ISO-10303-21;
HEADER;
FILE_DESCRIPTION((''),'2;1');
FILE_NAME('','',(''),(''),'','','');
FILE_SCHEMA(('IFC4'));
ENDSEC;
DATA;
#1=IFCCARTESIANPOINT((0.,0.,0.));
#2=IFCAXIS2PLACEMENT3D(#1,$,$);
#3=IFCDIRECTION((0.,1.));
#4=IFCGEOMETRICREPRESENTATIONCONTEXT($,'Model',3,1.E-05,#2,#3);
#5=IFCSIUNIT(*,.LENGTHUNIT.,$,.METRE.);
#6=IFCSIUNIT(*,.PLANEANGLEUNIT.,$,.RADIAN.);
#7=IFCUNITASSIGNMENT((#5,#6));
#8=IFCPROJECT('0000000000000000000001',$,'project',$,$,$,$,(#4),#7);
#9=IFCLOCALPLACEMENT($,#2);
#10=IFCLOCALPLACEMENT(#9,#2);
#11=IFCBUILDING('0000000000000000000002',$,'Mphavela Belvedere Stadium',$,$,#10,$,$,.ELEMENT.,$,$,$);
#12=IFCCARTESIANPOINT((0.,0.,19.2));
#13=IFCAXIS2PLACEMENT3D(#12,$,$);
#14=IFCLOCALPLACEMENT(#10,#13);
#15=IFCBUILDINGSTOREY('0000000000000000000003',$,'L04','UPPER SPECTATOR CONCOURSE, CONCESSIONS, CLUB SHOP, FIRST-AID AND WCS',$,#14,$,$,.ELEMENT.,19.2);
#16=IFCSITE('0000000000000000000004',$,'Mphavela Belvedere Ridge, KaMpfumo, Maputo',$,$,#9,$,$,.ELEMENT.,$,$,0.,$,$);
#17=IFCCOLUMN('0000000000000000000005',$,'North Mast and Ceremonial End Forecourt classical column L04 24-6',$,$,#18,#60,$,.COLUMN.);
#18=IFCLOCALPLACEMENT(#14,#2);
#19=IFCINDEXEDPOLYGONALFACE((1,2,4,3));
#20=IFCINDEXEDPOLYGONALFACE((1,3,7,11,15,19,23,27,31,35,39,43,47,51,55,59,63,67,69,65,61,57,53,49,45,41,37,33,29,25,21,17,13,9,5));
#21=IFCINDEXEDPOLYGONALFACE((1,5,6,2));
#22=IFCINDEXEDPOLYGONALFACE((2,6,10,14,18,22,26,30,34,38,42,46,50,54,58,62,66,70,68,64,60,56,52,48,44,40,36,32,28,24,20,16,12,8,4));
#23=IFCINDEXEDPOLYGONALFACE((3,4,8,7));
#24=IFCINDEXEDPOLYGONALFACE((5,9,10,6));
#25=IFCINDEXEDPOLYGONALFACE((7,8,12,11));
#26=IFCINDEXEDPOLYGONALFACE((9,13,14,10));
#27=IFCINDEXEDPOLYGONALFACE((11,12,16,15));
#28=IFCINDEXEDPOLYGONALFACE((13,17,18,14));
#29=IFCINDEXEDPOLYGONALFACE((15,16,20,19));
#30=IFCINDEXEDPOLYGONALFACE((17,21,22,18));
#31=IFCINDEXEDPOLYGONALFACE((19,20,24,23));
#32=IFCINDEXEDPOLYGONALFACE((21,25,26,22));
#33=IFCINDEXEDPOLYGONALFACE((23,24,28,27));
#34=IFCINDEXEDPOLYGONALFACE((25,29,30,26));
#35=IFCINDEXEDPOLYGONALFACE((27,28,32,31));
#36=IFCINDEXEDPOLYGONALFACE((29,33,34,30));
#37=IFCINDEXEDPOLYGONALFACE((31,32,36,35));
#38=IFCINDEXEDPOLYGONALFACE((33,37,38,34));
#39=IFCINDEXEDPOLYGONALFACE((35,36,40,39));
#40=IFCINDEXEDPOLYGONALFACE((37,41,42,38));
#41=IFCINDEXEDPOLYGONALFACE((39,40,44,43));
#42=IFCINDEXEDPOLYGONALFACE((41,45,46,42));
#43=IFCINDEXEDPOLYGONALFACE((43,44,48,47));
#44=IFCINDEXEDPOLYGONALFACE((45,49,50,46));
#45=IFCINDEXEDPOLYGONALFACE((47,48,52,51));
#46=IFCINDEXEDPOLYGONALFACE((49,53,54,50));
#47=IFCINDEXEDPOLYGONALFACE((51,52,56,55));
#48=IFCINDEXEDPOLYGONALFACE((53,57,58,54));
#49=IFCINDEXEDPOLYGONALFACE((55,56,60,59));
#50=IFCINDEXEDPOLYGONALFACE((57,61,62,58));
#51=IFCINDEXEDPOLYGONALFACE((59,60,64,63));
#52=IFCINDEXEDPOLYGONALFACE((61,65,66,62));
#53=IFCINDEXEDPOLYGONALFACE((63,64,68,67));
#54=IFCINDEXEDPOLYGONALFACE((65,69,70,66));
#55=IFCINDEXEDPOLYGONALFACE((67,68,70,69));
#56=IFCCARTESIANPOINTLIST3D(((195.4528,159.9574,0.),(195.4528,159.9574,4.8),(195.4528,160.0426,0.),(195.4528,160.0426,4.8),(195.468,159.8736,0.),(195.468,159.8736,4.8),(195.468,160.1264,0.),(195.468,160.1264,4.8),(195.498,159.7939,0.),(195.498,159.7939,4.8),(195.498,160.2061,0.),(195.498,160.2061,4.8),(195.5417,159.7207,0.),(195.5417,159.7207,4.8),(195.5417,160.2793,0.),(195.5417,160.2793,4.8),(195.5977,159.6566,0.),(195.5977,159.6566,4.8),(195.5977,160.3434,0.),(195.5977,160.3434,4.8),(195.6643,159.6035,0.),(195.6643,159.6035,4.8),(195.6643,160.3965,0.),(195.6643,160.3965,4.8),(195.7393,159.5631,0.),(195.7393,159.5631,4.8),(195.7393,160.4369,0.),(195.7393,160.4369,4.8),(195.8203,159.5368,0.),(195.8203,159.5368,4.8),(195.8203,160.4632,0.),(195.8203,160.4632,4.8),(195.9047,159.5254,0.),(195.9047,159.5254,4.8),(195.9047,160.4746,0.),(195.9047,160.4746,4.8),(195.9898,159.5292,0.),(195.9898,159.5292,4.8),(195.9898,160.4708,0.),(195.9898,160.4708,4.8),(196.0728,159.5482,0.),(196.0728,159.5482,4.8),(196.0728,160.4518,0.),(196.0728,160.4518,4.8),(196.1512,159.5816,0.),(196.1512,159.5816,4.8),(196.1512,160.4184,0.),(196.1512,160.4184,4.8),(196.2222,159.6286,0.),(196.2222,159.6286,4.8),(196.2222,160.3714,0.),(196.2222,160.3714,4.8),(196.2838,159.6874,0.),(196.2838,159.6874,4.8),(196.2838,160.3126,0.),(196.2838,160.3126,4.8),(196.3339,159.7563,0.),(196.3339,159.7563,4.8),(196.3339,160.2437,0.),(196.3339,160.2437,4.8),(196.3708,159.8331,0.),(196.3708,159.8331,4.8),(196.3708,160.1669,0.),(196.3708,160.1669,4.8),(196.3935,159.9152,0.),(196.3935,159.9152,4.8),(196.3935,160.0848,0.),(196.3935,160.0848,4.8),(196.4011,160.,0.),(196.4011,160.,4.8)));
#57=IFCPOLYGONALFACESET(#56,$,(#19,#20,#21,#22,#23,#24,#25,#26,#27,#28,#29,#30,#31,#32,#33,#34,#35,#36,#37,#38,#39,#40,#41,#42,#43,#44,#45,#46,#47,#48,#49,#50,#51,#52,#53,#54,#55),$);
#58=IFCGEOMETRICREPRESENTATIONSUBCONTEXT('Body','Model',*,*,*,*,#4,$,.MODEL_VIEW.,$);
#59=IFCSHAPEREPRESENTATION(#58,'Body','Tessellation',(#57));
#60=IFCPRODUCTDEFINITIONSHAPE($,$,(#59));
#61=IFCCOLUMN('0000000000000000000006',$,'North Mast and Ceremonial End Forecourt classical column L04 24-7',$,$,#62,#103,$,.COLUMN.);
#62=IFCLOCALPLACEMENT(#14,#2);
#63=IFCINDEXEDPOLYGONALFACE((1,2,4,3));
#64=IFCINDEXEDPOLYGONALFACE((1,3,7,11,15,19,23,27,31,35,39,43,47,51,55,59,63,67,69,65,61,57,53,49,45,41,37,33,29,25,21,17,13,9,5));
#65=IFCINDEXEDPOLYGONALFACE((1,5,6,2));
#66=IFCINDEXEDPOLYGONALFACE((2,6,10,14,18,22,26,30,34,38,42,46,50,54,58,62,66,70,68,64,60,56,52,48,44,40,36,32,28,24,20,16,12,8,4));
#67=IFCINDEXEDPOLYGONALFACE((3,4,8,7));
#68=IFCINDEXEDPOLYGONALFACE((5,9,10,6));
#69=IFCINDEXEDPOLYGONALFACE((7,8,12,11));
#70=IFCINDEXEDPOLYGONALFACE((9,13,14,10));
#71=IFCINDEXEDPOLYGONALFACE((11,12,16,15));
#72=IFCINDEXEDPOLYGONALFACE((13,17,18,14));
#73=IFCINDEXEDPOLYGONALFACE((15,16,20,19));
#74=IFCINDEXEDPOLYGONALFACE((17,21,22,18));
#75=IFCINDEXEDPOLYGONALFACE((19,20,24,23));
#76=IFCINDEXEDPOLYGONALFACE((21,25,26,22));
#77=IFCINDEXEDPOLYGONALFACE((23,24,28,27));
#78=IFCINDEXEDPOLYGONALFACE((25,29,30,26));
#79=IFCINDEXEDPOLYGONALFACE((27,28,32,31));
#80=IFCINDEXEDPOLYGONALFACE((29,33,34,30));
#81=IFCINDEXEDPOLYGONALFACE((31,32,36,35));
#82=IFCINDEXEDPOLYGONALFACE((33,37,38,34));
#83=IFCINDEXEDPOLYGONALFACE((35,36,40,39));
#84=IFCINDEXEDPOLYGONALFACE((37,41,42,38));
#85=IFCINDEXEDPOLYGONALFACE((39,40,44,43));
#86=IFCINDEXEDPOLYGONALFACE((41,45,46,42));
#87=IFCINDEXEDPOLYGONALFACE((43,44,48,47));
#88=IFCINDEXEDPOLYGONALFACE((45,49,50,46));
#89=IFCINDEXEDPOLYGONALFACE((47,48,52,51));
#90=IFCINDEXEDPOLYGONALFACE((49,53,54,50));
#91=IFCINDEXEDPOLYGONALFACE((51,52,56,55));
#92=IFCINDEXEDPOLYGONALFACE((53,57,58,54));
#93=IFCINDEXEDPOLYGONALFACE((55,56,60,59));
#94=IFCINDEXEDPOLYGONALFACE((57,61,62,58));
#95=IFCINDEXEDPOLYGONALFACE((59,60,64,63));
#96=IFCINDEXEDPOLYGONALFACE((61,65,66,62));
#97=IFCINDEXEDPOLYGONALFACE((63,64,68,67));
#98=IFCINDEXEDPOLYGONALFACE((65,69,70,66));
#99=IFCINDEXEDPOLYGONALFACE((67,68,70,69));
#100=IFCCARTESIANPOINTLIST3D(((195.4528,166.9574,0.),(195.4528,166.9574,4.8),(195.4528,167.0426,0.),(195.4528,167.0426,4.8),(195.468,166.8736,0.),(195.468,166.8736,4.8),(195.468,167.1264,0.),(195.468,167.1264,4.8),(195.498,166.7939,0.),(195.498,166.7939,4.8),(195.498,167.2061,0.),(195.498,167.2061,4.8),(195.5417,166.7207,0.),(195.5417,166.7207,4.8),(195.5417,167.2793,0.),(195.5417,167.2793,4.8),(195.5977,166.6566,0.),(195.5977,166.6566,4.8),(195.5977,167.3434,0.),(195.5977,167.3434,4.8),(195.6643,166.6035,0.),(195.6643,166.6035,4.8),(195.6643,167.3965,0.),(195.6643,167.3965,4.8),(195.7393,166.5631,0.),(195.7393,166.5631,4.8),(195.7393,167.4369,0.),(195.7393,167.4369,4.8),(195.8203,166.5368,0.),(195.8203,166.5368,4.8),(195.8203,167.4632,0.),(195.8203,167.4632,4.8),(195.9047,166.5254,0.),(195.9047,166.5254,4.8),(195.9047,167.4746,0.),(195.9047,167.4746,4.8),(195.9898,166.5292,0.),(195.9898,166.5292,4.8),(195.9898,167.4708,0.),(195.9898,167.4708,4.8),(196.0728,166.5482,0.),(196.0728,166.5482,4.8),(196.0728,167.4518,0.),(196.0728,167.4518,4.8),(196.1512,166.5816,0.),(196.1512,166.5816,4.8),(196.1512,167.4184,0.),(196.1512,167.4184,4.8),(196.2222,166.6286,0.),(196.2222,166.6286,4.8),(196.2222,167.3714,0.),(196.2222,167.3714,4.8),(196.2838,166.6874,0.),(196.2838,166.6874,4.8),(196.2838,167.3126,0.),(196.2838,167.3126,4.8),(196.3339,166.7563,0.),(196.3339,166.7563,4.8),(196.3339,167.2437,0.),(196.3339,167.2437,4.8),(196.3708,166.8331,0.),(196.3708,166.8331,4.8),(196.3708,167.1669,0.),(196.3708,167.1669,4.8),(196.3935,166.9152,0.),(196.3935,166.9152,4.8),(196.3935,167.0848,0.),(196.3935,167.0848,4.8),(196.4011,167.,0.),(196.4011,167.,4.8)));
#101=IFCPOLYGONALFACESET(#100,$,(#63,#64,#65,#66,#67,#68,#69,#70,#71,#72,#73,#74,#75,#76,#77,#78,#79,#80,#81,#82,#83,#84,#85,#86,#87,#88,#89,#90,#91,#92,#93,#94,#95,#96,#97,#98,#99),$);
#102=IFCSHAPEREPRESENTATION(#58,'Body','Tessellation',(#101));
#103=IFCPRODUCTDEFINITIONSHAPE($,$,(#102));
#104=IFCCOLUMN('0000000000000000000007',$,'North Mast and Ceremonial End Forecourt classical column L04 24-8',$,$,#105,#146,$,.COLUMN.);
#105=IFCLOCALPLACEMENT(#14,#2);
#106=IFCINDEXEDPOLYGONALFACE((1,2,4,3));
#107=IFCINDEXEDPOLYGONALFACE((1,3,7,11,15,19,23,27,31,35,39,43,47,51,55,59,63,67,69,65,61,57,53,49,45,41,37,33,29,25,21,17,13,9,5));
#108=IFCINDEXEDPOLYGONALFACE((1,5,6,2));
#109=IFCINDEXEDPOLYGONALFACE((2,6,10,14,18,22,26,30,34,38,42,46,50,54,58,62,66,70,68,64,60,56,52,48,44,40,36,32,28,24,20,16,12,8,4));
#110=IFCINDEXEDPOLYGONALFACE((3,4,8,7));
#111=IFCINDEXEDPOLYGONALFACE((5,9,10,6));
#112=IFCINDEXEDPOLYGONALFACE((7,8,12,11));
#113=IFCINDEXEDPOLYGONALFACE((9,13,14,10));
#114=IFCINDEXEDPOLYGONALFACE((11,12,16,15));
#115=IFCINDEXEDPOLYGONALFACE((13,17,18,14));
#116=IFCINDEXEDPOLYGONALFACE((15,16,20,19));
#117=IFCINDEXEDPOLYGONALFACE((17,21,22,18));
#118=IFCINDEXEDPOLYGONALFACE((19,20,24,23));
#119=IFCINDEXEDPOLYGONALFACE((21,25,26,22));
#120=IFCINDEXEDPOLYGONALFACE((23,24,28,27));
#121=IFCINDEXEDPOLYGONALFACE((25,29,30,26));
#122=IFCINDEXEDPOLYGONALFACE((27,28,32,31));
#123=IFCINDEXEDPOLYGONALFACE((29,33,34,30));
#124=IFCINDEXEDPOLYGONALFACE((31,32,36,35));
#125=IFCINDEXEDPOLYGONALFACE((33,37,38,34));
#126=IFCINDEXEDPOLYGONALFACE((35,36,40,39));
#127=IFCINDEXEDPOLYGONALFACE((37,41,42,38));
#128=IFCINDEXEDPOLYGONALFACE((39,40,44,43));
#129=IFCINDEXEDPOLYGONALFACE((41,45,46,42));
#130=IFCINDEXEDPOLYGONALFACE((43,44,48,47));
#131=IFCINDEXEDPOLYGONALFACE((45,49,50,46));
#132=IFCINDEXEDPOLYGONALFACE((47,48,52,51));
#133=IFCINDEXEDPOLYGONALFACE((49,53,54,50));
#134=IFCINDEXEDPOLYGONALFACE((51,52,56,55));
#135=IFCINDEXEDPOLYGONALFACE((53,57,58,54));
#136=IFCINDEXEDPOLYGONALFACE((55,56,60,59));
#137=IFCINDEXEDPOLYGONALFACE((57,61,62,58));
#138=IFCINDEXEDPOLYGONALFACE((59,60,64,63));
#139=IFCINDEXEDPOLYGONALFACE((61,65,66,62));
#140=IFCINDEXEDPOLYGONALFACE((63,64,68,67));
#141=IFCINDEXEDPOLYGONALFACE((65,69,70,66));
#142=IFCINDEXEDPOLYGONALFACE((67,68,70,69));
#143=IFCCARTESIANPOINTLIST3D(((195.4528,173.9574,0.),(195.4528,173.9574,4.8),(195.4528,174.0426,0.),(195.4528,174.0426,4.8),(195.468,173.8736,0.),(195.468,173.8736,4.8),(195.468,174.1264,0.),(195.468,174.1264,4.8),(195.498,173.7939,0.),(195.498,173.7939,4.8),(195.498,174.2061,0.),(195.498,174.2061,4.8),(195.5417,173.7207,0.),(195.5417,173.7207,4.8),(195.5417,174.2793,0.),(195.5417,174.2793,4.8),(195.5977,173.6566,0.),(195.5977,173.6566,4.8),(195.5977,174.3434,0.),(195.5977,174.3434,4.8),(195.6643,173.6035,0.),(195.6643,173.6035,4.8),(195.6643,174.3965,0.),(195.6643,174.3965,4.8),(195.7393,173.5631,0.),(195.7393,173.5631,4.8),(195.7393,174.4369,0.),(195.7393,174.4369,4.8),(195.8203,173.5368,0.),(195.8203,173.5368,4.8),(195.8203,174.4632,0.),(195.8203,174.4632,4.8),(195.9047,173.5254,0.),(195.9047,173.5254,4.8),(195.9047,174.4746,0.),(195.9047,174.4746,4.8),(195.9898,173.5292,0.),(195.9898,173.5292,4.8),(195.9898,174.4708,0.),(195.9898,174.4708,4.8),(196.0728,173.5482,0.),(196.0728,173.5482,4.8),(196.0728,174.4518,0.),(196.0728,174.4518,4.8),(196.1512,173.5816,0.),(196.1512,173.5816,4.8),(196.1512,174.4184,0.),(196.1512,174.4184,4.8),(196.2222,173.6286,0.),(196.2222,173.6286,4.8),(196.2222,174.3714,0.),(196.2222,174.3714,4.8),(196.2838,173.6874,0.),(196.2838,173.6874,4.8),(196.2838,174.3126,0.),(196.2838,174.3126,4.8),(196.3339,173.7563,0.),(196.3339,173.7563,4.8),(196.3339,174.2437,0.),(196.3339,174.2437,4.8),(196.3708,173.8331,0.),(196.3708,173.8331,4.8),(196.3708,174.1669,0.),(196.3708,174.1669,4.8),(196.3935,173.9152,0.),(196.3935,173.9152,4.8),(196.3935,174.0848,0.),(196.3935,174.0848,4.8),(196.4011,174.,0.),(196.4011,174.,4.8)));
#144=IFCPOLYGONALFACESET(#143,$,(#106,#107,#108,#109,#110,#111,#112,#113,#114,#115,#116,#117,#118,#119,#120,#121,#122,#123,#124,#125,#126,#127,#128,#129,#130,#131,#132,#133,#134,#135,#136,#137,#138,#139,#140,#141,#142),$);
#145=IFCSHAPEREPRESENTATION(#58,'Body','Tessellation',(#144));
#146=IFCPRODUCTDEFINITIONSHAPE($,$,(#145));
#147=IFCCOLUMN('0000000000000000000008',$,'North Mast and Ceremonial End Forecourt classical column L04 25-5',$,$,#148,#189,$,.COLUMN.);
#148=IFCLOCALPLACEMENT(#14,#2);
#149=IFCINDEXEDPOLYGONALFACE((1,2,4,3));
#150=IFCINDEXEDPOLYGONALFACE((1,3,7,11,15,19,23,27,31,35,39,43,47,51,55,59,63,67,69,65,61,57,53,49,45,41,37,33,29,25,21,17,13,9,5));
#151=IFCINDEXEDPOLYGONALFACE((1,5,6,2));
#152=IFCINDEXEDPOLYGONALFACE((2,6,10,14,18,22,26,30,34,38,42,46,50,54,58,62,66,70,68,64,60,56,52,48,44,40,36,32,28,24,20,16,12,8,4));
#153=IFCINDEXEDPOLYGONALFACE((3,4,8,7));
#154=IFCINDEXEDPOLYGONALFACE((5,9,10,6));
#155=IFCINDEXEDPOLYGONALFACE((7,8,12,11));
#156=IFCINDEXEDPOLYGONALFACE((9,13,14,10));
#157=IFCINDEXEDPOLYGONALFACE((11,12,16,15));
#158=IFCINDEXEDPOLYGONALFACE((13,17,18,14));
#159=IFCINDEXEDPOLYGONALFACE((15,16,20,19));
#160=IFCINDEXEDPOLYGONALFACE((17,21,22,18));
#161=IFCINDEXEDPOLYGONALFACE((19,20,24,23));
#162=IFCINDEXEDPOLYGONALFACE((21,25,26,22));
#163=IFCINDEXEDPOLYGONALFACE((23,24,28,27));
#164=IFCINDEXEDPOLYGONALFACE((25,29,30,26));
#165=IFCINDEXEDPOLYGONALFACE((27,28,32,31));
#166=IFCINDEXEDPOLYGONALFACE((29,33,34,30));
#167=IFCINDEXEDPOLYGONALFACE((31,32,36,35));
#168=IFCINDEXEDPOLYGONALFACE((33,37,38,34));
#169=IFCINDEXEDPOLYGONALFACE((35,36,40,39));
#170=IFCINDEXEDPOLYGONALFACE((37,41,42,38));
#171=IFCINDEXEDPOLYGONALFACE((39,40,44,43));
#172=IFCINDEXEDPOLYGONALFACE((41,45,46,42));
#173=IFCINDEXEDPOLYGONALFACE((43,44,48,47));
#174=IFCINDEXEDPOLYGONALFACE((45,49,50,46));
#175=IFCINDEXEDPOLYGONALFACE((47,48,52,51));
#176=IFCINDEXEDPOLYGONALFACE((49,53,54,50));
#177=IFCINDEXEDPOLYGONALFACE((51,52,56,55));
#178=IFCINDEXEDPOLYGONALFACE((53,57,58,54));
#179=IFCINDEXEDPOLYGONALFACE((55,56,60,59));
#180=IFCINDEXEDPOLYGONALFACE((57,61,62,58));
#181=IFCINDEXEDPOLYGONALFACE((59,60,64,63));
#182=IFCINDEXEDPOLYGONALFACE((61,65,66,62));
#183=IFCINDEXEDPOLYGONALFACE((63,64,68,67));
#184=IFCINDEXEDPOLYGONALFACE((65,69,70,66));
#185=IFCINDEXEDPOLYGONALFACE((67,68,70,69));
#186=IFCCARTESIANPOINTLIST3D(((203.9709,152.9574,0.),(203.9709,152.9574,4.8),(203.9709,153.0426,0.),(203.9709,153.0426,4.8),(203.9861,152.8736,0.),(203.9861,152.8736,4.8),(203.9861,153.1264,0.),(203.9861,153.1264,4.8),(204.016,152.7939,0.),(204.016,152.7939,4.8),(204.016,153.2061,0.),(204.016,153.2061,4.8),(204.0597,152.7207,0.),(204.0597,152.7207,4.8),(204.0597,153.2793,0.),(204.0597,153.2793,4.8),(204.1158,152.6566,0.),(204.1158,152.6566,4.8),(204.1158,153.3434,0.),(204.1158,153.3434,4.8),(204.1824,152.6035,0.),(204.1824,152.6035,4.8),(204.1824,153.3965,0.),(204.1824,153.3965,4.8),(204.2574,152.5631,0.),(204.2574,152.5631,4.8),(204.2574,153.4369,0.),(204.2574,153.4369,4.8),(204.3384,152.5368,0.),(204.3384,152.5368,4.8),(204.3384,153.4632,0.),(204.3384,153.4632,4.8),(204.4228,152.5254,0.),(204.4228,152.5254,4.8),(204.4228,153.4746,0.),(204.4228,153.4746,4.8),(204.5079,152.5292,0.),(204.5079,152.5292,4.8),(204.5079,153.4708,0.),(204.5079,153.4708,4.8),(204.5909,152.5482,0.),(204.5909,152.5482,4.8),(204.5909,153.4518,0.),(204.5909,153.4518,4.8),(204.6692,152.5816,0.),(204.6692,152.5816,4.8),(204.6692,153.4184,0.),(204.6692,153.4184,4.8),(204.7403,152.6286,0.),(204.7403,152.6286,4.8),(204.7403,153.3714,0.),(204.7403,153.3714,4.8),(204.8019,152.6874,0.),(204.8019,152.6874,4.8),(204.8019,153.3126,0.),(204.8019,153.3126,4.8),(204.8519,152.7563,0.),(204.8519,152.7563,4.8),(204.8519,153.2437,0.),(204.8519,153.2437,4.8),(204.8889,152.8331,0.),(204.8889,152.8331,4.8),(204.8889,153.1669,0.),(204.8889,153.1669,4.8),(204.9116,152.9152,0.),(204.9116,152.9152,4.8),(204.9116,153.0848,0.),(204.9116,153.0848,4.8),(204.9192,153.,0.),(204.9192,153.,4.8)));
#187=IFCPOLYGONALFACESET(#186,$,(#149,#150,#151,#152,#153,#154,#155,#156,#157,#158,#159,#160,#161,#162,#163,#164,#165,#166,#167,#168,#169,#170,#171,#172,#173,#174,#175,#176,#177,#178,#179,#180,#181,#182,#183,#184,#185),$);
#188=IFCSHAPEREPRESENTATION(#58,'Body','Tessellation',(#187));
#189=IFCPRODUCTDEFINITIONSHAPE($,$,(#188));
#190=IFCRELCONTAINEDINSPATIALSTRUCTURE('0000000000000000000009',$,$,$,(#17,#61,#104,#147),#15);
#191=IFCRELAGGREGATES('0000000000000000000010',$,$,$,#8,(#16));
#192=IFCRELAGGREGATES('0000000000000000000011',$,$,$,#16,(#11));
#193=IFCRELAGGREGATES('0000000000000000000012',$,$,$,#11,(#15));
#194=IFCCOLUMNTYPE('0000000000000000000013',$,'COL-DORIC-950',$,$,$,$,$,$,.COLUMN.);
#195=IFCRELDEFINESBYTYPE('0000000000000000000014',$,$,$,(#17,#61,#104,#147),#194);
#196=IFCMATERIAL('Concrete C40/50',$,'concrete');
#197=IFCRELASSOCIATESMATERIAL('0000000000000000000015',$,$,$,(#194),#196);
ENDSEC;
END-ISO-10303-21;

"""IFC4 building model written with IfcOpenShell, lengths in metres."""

from ifc_helpers import new_model, si_unit, direction, frame, origin, origin_2d, place, context, subcontext, project, spatial, circle, extrude, material, material_profile, profile_set, type_object, element, save


model = new_model("IFC4")

# Units and contexts
model_context = context("Model", 3, precision=1e-05, world=origin(), true_north=direction((0.0, 1.0)))
body_context = subcontext(model_context, "Body", "Model", "MODEL_VIEW")
ifc_project = project(units=[si_unit("LENGTHUNIT", "METRE"), si_unit("PLANEANGLEUNIT", "RADIAN")], contexts=[model_context])

# Site, building, storey
site_placement = place(None, origin())
site = spatial("IfcSite", under=ifc_project, at=site_placement, Name="Mphavela Belvedere Ridge, KaMpfumo, Maputo", CompositionType="ELEMENT", RefElevation=0.0)
building_placement = place(site_placement, origin())
building = spatial("IfcBuilding", under=site, at=building_placement, Name="Mphavela Belvedere Stadium", CompositionType="ELEMENT")
storey_placement = place(building_placement, frame((0.0, 0.0, 19.2)))
storey = spatial("IfcBuildingStorey", under=building, at=storey_placement, Name="L04", Description="UPPER SPECTATOR CONCOURSE, CONCESSIONS, CLUB SHOP, FIRST-AID AND WCS", CompositionType="ELEMENT", Elevation=19.2)

# Columns
ifc_material_1 = material(Name="Concrete C40/50", Category="concrete")
ifc_material_profile_1 = material_profile(ifc_material_1, circle(Radius=0.4751, at=origin_2d()), Name="COL D950")
ifc_profile_set_1 = profile_set([ifc_material_profile_1], Name="Concrete C40/50")
column_type = type_object("IfcColumnType", Name="COL-DORIC-950", PredefinedType="COLUMN", material=ifc_profile_set_1)
for number, where, z_axis, x_axis, name in (
    (1, (195.926, 160.0, 0.0), (0.0, 0.0, 1.0), (1.0, 0.0, 0.0), "North Mast and Ceremonial End Forecourt classical column L04 24-6"),
    (2, (195.926, 167.0, 0.0), (0.0, 0.0, 1.0), (1.0, 0.0, 0.0), "North Mast and Ceremonial End Forecourt classical column L04 24-7"),
    (3, (195.926, 174.0, 0.0), (0.0, 0.0, 1.0), (1.0, 0.0, 0.0), "North Mast and Ceremonial End Forecourt classical column L04 24-8"),
    (4, (204.4441, 153.0, 0.0), (0.0, 0.0, 1.0), (1.0, 0.0, 0.0), "North Mast and Ceremonial End Forecourt classical column L04 25-5"),
):
    element("IfcColumn", number, at=place(storey_placement, frame(where, z_axis=z_axis, x_axis=x_axis)), inside=storey, type_object=column_type, Name=name, PredefinedType="COLUMN", context=body_context, shape_type="SweptSolid", body=[
        extrude(circle(Radius=0.4751, at=origin_2d()), origin(), (0.0, 0.0, 1.0), 4.8),
    ])

save(model, "model.ifc")
